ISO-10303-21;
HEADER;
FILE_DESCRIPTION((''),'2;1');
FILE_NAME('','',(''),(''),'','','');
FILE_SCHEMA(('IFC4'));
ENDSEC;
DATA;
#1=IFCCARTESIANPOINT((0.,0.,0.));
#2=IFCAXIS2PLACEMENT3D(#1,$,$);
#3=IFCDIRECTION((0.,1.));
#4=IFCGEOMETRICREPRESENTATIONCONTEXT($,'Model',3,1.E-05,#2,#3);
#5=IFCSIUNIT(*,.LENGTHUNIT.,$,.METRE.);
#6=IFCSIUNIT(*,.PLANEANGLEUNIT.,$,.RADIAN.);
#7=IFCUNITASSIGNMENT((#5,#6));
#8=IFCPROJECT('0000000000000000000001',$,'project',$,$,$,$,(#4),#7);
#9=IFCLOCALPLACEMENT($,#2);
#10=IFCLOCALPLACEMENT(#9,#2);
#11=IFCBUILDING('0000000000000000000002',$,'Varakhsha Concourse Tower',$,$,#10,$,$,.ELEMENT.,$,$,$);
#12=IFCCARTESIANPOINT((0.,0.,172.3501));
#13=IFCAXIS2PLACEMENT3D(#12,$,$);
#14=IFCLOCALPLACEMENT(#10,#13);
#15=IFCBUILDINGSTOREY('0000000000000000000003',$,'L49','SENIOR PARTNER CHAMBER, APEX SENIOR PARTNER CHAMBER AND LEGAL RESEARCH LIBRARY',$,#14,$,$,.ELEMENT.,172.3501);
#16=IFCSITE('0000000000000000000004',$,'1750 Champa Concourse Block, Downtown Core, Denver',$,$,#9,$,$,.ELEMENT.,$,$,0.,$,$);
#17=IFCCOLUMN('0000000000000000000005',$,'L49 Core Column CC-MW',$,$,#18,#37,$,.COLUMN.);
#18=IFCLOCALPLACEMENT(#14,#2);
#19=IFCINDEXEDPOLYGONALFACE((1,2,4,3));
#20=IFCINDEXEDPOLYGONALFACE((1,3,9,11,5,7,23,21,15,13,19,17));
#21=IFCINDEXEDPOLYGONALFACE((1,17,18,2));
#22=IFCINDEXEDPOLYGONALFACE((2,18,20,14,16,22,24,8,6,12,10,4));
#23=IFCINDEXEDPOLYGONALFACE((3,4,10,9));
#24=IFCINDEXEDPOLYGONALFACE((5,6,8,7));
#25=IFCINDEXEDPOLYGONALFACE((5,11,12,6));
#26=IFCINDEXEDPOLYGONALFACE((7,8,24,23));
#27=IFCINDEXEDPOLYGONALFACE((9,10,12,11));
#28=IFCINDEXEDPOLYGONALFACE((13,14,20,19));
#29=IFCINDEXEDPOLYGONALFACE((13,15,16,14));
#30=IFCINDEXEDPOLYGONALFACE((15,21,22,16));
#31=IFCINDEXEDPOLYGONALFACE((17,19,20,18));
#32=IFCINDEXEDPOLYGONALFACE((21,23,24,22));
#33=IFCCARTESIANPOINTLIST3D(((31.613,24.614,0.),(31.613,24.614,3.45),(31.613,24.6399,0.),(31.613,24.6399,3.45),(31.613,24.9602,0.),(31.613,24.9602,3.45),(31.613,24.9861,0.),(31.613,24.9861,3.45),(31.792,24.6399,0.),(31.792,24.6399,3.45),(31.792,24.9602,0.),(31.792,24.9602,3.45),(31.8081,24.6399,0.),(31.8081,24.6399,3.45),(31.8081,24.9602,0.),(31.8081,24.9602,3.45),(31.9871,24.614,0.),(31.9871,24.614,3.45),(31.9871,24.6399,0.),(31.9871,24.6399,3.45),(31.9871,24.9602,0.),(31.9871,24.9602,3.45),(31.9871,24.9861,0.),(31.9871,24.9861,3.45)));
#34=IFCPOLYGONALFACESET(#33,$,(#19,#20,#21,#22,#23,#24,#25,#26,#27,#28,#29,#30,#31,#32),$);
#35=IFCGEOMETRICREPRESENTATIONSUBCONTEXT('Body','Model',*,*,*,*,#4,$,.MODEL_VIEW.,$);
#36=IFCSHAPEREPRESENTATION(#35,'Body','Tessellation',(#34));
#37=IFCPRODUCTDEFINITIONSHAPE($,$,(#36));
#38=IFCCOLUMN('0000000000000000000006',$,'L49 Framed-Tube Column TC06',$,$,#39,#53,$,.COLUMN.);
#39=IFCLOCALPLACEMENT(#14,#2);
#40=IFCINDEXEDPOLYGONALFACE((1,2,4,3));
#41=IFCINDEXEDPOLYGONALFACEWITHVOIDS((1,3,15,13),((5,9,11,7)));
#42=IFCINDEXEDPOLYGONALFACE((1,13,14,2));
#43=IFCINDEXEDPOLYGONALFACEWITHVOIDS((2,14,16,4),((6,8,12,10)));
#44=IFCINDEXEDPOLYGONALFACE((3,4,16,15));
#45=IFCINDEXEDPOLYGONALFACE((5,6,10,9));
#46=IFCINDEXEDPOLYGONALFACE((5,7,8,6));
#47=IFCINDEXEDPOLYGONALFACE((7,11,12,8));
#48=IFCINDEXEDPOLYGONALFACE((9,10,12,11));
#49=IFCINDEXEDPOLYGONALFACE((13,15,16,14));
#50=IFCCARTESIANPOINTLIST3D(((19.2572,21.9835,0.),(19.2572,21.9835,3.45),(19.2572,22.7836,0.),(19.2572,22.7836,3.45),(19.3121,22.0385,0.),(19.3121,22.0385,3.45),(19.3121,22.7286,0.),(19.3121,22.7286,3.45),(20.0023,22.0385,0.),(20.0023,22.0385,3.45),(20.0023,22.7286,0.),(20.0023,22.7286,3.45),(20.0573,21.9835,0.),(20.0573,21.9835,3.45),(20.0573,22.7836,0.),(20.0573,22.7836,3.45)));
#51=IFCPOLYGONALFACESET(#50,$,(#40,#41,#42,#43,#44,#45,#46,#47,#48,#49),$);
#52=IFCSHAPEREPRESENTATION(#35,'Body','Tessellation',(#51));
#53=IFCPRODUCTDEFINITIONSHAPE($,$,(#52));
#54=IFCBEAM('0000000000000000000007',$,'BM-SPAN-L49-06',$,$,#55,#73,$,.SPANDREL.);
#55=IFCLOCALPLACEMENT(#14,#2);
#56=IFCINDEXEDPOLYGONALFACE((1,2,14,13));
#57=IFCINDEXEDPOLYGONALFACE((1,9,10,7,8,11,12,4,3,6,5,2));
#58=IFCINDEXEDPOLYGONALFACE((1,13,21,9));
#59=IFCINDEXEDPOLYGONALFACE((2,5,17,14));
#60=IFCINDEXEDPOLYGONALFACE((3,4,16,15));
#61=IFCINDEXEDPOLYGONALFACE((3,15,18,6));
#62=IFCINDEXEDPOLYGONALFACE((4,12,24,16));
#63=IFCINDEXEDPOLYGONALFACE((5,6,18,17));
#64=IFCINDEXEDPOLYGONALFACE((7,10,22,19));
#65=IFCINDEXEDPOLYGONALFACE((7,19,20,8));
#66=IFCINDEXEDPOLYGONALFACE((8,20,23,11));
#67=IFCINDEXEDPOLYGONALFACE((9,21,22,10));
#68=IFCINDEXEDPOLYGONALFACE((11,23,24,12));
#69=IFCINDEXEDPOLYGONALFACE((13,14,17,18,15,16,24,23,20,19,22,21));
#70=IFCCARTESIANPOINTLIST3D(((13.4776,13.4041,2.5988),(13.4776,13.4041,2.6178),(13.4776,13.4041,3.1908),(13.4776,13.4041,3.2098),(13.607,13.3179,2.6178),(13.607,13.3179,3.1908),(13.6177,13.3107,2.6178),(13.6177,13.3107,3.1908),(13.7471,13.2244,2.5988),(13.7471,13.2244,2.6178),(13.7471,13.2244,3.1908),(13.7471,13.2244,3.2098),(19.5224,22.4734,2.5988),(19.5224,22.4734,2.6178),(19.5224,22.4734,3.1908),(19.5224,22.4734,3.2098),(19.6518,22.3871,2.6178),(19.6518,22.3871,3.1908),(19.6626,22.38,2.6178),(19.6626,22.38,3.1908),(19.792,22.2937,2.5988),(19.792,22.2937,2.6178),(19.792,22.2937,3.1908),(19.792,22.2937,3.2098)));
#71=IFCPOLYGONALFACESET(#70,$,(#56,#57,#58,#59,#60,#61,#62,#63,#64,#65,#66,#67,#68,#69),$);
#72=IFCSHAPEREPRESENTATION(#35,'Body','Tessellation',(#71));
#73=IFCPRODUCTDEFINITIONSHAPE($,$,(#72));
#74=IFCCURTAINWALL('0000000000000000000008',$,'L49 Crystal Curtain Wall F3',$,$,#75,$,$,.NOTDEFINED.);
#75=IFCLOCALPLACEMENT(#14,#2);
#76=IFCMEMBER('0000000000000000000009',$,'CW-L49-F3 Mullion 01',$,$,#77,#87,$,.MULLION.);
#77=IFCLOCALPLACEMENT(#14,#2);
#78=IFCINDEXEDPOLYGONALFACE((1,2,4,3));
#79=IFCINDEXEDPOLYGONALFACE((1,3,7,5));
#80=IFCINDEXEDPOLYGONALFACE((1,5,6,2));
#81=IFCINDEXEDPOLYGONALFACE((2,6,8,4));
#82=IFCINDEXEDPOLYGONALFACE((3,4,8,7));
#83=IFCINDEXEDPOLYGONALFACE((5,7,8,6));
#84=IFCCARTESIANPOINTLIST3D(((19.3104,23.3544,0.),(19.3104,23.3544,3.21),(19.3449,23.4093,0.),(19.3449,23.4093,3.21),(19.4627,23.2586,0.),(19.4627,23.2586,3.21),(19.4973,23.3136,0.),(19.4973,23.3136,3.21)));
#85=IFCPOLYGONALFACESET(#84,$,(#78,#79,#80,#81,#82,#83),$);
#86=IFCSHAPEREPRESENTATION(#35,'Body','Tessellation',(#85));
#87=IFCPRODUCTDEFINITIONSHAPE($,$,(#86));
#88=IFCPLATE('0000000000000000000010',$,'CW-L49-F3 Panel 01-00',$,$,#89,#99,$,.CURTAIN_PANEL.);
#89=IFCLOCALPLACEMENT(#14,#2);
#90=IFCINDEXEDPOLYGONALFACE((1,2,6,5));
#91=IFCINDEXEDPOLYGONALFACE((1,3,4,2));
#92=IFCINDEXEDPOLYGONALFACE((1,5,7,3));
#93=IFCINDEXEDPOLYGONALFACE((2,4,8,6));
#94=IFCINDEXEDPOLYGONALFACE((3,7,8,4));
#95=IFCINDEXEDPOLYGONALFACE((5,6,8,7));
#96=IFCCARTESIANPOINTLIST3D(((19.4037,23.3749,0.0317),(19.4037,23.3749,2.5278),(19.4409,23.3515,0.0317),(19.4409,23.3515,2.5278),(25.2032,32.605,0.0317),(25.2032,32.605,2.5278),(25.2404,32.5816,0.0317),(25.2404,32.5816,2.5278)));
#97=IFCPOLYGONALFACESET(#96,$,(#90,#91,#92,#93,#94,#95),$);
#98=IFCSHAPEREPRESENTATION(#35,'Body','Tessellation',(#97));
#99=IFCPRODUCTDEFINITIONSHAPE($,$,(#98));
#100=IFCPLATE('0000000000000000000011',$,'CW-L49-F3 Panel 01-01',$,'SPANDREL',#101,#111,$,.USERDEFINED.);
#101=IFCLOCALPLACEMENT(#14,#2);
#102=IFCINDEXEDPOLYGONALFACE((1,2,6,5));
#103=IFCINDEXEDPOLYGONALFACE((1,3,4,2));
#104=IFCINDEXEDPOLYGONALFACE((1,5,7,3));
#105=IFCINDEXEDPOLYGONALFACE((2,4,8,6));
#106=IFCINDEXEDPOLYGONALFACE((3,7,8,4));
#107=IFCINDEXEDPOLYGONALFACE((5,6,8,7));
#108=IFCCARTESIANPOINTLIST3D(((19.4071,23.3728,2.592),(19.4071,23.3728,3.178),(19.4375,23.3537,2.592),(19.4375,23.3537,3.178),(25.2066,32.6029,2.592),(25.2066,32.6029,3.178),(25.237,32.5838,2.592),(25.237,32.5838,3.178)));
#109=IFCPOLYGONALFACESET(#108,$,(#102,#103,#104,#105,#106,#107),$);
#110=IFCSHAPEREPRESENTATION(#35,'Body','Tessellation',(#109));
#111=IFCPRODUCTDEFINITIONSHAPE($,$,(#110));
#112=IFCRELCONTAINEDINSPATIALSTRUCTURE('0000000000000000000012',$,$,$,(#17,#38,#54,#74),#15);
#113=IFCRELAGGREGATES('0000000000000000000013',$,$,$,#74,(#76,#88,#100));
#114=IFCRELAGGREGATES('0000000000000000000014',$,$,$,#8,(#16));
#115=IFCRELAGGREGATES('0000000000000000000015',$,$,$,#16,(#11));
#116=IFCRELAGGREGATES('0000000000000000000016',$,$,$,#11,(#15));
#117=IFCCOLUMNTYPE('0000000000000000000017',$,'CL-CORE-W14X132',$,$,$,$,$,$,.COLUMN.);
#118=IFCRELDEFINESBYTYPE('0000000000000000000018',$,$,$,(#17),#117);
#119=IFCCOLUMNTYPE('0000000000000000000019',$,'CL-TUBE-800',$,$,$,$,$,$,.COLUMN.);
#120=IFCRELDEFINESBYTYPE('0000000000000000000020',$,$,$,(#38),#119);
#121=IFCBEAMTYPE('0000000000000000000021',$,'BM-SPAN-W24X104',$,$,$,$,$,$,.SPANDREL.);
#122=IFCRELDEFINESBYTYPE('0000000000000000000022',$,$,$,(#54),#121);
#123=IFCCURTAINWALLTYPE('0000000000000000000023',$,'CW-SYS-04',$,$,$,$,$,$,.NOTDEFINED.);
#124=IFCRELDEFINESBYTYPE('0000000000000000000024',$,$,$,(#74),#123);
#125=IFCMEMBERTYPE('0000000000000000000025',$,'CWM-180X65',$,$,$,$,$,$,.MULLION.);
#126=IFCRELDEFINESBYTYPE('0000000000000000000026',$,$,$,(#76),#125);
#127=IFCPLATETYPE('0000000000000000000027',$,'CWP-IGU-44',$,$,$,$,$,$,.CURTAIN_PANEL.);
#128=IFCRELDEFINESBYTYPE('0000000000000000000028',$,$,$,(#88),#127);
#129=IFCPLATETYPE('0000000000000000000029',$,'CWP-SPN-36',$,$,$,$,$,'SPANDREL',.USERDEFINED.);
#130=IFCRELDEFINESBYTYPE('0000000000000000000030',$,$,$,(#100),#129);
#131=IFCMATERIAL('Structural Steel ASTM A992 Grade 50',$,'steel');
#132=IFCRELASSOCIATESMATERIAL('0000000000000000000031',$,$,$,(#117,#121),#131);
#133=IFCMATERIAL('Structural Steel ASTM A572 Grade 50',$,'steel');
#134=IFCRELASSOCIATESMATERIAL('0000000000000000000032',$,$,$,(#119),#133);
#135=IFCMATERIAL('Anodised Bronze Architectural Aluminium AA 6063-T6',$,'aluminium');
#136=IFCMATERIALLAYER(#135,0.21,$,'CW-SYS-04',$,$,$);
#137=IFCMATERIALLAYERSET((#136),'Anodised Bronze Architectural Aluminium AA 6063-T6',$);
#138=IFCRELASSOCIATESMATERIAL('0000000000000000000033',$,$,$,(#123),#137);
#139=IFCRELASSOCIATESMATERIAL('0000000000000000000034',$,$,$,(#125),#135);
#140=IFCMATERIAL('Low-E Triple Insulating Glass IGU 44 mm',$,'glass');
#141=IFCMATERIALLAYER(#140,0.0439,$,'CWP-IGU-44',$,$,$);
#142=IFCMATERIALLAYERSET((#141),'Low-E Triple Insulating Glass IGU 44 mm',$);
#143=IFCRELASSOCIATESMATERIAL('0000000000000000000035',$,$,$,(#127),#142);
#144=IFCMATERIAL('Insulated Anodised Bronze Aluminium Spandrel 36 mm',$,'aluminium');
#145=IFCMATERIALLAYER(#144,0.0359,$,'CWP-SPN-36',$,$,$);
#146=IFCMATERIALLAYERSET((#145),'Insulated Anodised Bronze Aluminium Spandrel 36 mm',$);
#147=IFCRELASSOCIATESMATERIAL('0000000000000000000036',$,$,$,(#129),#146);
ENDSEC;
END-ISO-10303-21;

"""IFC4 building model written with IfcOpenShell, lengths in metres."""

from ifc_helpers import new_model, si_unit, direction, frame, origin, origin_2d, place, context, subcontext, project, spatial, rectangle, hollow_rectangle, i_section, extrude, source, transform, mapped, material, layer, layer_set, material_profile, profile_set, type_object, type_shapes, element, aggregate, save


model = new_model("IFC4")

# Units and contexts
model_context = context("Model", 3, precision=1e-05, world=origin(), true_north=direction((0.0, 1.0)))
body_context = subcontext(model_context, "Body", "Model", "MODEL_VIEW")
ifc_project = project(units=[si_unit("LENGTHUNIT", "METRE"), si_unit("PLANEANGLEUNIT", "RADIAN")], contexts=[model_context])

# Site, building, storey
site_placement = place(None, origin())
site = spatial("IfcSite", under=ifc_project, at=site_placement, Name="1750 Champa Concourse Block, Downtown Core, Denver", CompositionType="ELEMENT", RefElevation=0.0)
building_placement = place(site_placement, origin())
building = spatial("IfcBuilding", under=site, at=building_placement, Name="Varakhsha Concourse Tower", CompositionType="ELEMENT")
storey_placement = place(building_placement, frame((0.0, 0.0, 172.3501)))
storey = spatial("IfcBuildingStorey", under=building, at=storey_placement, Name="L49", Description="SENIOR PARTNER CHAMBER, APEX SENIOR PARTNER CHAMBER AND LEGAL RESEARCH LIBRARY", CompositionType="ELEMENT", Elevation=172.3501)

# Columns
ifc_material_1 = material(Name="Structural Steel ASTM A992 Grade 50", Category="steel")
ifc_material_profile_1 = material_profile(ifc_material_1, i_section(OverallWidth=0.374, OverallDepth=0.3721, WebThickness=0.0161, FlangeThickness=0.0259, at=origin_2d()), Name="W14X132")
ifc_profile_set_1 = profile_set([ifc_material_profile_1], Name="Structural Steel ASTM A992 Grade 50")
column_type_1 = type_object("IfcColumnType", Name="CL-CORE-W14X132", PredefinedType="COLUMN", material=ifc_profile_set_1)
column_1_placement = place(storey_placement, frame((31.8, 24.8, 0.0), z_axis=(0.0, 0.0, 1.0), x_axis=(1.0, 0.0, 0.0)))
element("IfcColumn", 1, at=column_1_placement, inside=storey, type_object=column_type_1, Name="L49 Core Column CC-MW", PredefinedType="COLUMN", context=body_context, shape_type="SweptSolid", body=[
    extrude(i_section(OverallWidth=0.374, OverallDepth=0.3721, WebThickness=0.0161, FlangeThickness=0.0259, at=origin_2d()), origin(), (0.0, 0.0, 1.0), 3.45),
])
ifc_material_2 = material(Name="Structural Steel ASTM A572 Grade 50", Category="steel")
ifc_material_profile_2 = material_profile(ifc_material_2, hollow_rectangle(XDim=0.8, YDim=0.8, WallThickness=0.0549, at=origin_2d()), Name="BOX 800x800x55")
ifc_profile_set_2 = profile_set([ifc_material_profile_2], Name="Structural Steel ASTM A572 Grade 50")
column_type_2 = type_object("IfcColumnType", Name="CL-TUBE-800", PredefinedType="COLUMN", material=ifc_profile_set_2)
column_2_placement = place(storey_placement, frame((19.6572, 22.3835, 0.0), z_axis=(0.0, 0.0, 1.0), x_axis=(1.0, 0.0, 0.0)))
element("IfcColumn", 2, at=column_2_placement, inside=storey, type_object=column_type_2, Name="L49 Framed-Tube Column TC06", PredefinedType="COLUMN", context=body_context, shape_type="SweptSolid", body=[
    extrude(hollow_rectangle(XDim=0.8, YDim=0.8, WallThickness=0.0549, at=origin_2d()), origin(), (0.0, 0.0, 1.0), 3.45),
])

# Beam
ifc_material_profile_3 = material_profile(ifc_material_1, i_section(OverallWidth=0.324, OverallDepth=0.6111, WebThickness=0.0129, FlangeThickness=0.019, at=origin_2d()), Name="W24X104")
ifc_profile_set_3 = profile_set([ifc_material_profile_3], Name="Structural Steel ASTM A992 Grade 50")
beam_type = type_object("IfcBeamType", Name="BM-SPAN-W24X104", PredefinedType="SPANDREL", material=ifc_profile_set_3)
beam_placement = place(storey_placement, frame((19.6572, 22.3835, 2.9043), z_axis=(-0.554617, -0.832105, 0.0), x_axis=(0.832105, -0.554617, 0.0)))
element("IfcBeam", 3, at=beam_placement, inside=storey, type_object=beam_type, Name="BM-SPAN-L49-06", PredefinedType="SPANDREL", context=body_context, shape_type="SweptSolid", body=[
    extrude(i_section(OverallWidth=0.324, OverallDepth=0.6111, WebThickness=0.0129, FlangeThickness=0.019, at=origin_2d()), origin(), (0.0, 0.0, 1.0), 10.8992),
])

# Curtain wall, member, plates
ifc_material_3 = material(Name="Anodised Bronze Architectural Aluminium AA 6063-T6", Category="aluminium")
ifc_layer_1 = layer(ifc_material_3, 0.21, Name="CW-SYS-04")
ifc_layer_set_1 = layer_set([ifc_layer_1], Name="Anodised Bronze Architectural Aluminium AA 6063-T6")
curtain_wall_type = type_object("IfcCurtainWallType", Name="CW-SYS-04", PredefinedType="NOTDEFINED", material=ifc_layer_set_1)
curtain_wall_placement = place(storey_placement, origin())
curtain_wall = element("IfcCurtainWall", 4, at=curtain_wall_placement, inside=storey, type_object=curtain_wall_type, Name="L49 Crystal Curtain Wall F3", PredefinedType="NOTDEFINED")
ifc_material_profile_4 = material_profile(ifc_material_3, rectangle(XDim=0.0649, YDim=0.1799, at=origin_2d()), Name="CWM-180X65")
ifc_profile_set_4 = profile_set([ifc_material_profile_4], Name="Anodised Bronze Architectural Aluminium AA 6063-T6")
member_type = type_object("IfcMemberType", Name="CWM-180X65", PredefinedType="MULLION", material=ifc_profile_set_4)
shared_shape_1 = source(origin(), body_context, "Body", "SweptSolid", [
    extrude(rectangle(XDim=0.0649, YDim=0.1799, at=origin_2d()), origin(), (0.0, 0.0, 1.0), 3.21),
])
type_shapes(member_type, [shared_shape_1])
member_placement = place(storey_placement, frame((19.4038, 23.334, 0.0), z_axis=(0.0, 0.0, 1.0), x_axis=(0.532022, 0.84673, 0.0)))
member = element("IfcMember", 5, at=member_placement, type_object=member_type, Name="CW-L49-F3 Mullion 01", PredefinedType="MULLION", context=body_context, shape_type="MappedRepresentation", body=[
    mapped(shared_shape_1, transform((0.0, 0.0, 0.0), scale=1.0)),
])
ifc_material_4 = material(Name="Low-E Triple Insulating Glass IGU 44 mm", Category="glass")
ifc_layer_2 = layer(ifc_material_4, 0.0439, Name="CWP-IGU-44")
ifc_layer_set_2 = layer_set([ifc_layer_2], Name="Low-E Triple Insulating Glass IGU 44 mm")
plate_type_1 = type_object("IfcPlateType", Name="CWP-IGU-44", PredefinedType="CURTAIN_PANEL", material=ifc_layer_set_2)
shared_shape_2 = source(origin(), body_context, "Body", "SweptSolid", [
    extrude(rectangle(XDim=10.9009, YDim=0.0439, at=origin_2d()), origin(), (0.0, 0.0, 1.0), 2.4961),
])
type_shapes(plate_type_1, [shared_shape_2])
plate_1_placement = place(storey_placement, frame((22.322, 27.9783, 0.0317), z_axis=(0.0, 0.0, 1.0), x_axis=(0.532022, 0.84673, 0.0)))
plate_1 = element("IfcPlate", 6, at=plate_1_placement, type_object=plate_type_1, Name="CW-L49-F3 Panel 01-00", PredefinedType="CURTAIN_PANEL", context=body_context, shape_type="MappedRepresentation", body=[
    mapped(shared_shape_2, transform((0.0, 0.0, 0.0), scale=1.0)),
])
ifc_material_5 = material(Name="Insulated Anodised Bronze Aluminium Spandrel 36 mm", Category="aluminium")
ifc_layer_3 = layer(ifc_material_5, 0.0359, Name="CWP-SPN-36")
ifc_layer_set_3 = layer_set([ifc_layer_3], Name="Insulated Anodised Bronze Aluminium Spandrel 36 mm")
plate_type_2 = type_object("IfcPlateType", Name="CWP-SPN-36", ElementType="SPANDREL", PredefinedType="USERDEFINED", material=ifc_layer_set_3)
shared_shape_3 = source(origin(), body_context, "Body", "SweptSolid", [
    extrude(rectangle(XDim=10.9009, YDim=0.0359, at=origin_2d()), origin(), (0.0, 0.0, 1.0), 0.5859),
])
type_shapes(plate_type_2, [shared_shape_3])
plate_2_placement = place(storey_placement, frame((22.322, 27.9783, 2.592), z_axis=(0.0, 0.0, 1.0), x_axis=(0.532022, 0.84673, 0.0)))
plate_2 = element("IfcPlate", 7, at=plate_2_placement, type_object=plate_type_2, Name="CW-L49-F3 Panel 01-01", ObjectType="SPANDREL", PredefinedType="USERDEFINED", context=body_context, shape_type="MappedRepresentation", body=[
    mapped(shared_shape_3, transform((0.0, 0.0, 0.0), scale=1.0)),
])
aggregate(curtain_wall, [member, plate_1, plate_2])

save(model, "model.ifc")
